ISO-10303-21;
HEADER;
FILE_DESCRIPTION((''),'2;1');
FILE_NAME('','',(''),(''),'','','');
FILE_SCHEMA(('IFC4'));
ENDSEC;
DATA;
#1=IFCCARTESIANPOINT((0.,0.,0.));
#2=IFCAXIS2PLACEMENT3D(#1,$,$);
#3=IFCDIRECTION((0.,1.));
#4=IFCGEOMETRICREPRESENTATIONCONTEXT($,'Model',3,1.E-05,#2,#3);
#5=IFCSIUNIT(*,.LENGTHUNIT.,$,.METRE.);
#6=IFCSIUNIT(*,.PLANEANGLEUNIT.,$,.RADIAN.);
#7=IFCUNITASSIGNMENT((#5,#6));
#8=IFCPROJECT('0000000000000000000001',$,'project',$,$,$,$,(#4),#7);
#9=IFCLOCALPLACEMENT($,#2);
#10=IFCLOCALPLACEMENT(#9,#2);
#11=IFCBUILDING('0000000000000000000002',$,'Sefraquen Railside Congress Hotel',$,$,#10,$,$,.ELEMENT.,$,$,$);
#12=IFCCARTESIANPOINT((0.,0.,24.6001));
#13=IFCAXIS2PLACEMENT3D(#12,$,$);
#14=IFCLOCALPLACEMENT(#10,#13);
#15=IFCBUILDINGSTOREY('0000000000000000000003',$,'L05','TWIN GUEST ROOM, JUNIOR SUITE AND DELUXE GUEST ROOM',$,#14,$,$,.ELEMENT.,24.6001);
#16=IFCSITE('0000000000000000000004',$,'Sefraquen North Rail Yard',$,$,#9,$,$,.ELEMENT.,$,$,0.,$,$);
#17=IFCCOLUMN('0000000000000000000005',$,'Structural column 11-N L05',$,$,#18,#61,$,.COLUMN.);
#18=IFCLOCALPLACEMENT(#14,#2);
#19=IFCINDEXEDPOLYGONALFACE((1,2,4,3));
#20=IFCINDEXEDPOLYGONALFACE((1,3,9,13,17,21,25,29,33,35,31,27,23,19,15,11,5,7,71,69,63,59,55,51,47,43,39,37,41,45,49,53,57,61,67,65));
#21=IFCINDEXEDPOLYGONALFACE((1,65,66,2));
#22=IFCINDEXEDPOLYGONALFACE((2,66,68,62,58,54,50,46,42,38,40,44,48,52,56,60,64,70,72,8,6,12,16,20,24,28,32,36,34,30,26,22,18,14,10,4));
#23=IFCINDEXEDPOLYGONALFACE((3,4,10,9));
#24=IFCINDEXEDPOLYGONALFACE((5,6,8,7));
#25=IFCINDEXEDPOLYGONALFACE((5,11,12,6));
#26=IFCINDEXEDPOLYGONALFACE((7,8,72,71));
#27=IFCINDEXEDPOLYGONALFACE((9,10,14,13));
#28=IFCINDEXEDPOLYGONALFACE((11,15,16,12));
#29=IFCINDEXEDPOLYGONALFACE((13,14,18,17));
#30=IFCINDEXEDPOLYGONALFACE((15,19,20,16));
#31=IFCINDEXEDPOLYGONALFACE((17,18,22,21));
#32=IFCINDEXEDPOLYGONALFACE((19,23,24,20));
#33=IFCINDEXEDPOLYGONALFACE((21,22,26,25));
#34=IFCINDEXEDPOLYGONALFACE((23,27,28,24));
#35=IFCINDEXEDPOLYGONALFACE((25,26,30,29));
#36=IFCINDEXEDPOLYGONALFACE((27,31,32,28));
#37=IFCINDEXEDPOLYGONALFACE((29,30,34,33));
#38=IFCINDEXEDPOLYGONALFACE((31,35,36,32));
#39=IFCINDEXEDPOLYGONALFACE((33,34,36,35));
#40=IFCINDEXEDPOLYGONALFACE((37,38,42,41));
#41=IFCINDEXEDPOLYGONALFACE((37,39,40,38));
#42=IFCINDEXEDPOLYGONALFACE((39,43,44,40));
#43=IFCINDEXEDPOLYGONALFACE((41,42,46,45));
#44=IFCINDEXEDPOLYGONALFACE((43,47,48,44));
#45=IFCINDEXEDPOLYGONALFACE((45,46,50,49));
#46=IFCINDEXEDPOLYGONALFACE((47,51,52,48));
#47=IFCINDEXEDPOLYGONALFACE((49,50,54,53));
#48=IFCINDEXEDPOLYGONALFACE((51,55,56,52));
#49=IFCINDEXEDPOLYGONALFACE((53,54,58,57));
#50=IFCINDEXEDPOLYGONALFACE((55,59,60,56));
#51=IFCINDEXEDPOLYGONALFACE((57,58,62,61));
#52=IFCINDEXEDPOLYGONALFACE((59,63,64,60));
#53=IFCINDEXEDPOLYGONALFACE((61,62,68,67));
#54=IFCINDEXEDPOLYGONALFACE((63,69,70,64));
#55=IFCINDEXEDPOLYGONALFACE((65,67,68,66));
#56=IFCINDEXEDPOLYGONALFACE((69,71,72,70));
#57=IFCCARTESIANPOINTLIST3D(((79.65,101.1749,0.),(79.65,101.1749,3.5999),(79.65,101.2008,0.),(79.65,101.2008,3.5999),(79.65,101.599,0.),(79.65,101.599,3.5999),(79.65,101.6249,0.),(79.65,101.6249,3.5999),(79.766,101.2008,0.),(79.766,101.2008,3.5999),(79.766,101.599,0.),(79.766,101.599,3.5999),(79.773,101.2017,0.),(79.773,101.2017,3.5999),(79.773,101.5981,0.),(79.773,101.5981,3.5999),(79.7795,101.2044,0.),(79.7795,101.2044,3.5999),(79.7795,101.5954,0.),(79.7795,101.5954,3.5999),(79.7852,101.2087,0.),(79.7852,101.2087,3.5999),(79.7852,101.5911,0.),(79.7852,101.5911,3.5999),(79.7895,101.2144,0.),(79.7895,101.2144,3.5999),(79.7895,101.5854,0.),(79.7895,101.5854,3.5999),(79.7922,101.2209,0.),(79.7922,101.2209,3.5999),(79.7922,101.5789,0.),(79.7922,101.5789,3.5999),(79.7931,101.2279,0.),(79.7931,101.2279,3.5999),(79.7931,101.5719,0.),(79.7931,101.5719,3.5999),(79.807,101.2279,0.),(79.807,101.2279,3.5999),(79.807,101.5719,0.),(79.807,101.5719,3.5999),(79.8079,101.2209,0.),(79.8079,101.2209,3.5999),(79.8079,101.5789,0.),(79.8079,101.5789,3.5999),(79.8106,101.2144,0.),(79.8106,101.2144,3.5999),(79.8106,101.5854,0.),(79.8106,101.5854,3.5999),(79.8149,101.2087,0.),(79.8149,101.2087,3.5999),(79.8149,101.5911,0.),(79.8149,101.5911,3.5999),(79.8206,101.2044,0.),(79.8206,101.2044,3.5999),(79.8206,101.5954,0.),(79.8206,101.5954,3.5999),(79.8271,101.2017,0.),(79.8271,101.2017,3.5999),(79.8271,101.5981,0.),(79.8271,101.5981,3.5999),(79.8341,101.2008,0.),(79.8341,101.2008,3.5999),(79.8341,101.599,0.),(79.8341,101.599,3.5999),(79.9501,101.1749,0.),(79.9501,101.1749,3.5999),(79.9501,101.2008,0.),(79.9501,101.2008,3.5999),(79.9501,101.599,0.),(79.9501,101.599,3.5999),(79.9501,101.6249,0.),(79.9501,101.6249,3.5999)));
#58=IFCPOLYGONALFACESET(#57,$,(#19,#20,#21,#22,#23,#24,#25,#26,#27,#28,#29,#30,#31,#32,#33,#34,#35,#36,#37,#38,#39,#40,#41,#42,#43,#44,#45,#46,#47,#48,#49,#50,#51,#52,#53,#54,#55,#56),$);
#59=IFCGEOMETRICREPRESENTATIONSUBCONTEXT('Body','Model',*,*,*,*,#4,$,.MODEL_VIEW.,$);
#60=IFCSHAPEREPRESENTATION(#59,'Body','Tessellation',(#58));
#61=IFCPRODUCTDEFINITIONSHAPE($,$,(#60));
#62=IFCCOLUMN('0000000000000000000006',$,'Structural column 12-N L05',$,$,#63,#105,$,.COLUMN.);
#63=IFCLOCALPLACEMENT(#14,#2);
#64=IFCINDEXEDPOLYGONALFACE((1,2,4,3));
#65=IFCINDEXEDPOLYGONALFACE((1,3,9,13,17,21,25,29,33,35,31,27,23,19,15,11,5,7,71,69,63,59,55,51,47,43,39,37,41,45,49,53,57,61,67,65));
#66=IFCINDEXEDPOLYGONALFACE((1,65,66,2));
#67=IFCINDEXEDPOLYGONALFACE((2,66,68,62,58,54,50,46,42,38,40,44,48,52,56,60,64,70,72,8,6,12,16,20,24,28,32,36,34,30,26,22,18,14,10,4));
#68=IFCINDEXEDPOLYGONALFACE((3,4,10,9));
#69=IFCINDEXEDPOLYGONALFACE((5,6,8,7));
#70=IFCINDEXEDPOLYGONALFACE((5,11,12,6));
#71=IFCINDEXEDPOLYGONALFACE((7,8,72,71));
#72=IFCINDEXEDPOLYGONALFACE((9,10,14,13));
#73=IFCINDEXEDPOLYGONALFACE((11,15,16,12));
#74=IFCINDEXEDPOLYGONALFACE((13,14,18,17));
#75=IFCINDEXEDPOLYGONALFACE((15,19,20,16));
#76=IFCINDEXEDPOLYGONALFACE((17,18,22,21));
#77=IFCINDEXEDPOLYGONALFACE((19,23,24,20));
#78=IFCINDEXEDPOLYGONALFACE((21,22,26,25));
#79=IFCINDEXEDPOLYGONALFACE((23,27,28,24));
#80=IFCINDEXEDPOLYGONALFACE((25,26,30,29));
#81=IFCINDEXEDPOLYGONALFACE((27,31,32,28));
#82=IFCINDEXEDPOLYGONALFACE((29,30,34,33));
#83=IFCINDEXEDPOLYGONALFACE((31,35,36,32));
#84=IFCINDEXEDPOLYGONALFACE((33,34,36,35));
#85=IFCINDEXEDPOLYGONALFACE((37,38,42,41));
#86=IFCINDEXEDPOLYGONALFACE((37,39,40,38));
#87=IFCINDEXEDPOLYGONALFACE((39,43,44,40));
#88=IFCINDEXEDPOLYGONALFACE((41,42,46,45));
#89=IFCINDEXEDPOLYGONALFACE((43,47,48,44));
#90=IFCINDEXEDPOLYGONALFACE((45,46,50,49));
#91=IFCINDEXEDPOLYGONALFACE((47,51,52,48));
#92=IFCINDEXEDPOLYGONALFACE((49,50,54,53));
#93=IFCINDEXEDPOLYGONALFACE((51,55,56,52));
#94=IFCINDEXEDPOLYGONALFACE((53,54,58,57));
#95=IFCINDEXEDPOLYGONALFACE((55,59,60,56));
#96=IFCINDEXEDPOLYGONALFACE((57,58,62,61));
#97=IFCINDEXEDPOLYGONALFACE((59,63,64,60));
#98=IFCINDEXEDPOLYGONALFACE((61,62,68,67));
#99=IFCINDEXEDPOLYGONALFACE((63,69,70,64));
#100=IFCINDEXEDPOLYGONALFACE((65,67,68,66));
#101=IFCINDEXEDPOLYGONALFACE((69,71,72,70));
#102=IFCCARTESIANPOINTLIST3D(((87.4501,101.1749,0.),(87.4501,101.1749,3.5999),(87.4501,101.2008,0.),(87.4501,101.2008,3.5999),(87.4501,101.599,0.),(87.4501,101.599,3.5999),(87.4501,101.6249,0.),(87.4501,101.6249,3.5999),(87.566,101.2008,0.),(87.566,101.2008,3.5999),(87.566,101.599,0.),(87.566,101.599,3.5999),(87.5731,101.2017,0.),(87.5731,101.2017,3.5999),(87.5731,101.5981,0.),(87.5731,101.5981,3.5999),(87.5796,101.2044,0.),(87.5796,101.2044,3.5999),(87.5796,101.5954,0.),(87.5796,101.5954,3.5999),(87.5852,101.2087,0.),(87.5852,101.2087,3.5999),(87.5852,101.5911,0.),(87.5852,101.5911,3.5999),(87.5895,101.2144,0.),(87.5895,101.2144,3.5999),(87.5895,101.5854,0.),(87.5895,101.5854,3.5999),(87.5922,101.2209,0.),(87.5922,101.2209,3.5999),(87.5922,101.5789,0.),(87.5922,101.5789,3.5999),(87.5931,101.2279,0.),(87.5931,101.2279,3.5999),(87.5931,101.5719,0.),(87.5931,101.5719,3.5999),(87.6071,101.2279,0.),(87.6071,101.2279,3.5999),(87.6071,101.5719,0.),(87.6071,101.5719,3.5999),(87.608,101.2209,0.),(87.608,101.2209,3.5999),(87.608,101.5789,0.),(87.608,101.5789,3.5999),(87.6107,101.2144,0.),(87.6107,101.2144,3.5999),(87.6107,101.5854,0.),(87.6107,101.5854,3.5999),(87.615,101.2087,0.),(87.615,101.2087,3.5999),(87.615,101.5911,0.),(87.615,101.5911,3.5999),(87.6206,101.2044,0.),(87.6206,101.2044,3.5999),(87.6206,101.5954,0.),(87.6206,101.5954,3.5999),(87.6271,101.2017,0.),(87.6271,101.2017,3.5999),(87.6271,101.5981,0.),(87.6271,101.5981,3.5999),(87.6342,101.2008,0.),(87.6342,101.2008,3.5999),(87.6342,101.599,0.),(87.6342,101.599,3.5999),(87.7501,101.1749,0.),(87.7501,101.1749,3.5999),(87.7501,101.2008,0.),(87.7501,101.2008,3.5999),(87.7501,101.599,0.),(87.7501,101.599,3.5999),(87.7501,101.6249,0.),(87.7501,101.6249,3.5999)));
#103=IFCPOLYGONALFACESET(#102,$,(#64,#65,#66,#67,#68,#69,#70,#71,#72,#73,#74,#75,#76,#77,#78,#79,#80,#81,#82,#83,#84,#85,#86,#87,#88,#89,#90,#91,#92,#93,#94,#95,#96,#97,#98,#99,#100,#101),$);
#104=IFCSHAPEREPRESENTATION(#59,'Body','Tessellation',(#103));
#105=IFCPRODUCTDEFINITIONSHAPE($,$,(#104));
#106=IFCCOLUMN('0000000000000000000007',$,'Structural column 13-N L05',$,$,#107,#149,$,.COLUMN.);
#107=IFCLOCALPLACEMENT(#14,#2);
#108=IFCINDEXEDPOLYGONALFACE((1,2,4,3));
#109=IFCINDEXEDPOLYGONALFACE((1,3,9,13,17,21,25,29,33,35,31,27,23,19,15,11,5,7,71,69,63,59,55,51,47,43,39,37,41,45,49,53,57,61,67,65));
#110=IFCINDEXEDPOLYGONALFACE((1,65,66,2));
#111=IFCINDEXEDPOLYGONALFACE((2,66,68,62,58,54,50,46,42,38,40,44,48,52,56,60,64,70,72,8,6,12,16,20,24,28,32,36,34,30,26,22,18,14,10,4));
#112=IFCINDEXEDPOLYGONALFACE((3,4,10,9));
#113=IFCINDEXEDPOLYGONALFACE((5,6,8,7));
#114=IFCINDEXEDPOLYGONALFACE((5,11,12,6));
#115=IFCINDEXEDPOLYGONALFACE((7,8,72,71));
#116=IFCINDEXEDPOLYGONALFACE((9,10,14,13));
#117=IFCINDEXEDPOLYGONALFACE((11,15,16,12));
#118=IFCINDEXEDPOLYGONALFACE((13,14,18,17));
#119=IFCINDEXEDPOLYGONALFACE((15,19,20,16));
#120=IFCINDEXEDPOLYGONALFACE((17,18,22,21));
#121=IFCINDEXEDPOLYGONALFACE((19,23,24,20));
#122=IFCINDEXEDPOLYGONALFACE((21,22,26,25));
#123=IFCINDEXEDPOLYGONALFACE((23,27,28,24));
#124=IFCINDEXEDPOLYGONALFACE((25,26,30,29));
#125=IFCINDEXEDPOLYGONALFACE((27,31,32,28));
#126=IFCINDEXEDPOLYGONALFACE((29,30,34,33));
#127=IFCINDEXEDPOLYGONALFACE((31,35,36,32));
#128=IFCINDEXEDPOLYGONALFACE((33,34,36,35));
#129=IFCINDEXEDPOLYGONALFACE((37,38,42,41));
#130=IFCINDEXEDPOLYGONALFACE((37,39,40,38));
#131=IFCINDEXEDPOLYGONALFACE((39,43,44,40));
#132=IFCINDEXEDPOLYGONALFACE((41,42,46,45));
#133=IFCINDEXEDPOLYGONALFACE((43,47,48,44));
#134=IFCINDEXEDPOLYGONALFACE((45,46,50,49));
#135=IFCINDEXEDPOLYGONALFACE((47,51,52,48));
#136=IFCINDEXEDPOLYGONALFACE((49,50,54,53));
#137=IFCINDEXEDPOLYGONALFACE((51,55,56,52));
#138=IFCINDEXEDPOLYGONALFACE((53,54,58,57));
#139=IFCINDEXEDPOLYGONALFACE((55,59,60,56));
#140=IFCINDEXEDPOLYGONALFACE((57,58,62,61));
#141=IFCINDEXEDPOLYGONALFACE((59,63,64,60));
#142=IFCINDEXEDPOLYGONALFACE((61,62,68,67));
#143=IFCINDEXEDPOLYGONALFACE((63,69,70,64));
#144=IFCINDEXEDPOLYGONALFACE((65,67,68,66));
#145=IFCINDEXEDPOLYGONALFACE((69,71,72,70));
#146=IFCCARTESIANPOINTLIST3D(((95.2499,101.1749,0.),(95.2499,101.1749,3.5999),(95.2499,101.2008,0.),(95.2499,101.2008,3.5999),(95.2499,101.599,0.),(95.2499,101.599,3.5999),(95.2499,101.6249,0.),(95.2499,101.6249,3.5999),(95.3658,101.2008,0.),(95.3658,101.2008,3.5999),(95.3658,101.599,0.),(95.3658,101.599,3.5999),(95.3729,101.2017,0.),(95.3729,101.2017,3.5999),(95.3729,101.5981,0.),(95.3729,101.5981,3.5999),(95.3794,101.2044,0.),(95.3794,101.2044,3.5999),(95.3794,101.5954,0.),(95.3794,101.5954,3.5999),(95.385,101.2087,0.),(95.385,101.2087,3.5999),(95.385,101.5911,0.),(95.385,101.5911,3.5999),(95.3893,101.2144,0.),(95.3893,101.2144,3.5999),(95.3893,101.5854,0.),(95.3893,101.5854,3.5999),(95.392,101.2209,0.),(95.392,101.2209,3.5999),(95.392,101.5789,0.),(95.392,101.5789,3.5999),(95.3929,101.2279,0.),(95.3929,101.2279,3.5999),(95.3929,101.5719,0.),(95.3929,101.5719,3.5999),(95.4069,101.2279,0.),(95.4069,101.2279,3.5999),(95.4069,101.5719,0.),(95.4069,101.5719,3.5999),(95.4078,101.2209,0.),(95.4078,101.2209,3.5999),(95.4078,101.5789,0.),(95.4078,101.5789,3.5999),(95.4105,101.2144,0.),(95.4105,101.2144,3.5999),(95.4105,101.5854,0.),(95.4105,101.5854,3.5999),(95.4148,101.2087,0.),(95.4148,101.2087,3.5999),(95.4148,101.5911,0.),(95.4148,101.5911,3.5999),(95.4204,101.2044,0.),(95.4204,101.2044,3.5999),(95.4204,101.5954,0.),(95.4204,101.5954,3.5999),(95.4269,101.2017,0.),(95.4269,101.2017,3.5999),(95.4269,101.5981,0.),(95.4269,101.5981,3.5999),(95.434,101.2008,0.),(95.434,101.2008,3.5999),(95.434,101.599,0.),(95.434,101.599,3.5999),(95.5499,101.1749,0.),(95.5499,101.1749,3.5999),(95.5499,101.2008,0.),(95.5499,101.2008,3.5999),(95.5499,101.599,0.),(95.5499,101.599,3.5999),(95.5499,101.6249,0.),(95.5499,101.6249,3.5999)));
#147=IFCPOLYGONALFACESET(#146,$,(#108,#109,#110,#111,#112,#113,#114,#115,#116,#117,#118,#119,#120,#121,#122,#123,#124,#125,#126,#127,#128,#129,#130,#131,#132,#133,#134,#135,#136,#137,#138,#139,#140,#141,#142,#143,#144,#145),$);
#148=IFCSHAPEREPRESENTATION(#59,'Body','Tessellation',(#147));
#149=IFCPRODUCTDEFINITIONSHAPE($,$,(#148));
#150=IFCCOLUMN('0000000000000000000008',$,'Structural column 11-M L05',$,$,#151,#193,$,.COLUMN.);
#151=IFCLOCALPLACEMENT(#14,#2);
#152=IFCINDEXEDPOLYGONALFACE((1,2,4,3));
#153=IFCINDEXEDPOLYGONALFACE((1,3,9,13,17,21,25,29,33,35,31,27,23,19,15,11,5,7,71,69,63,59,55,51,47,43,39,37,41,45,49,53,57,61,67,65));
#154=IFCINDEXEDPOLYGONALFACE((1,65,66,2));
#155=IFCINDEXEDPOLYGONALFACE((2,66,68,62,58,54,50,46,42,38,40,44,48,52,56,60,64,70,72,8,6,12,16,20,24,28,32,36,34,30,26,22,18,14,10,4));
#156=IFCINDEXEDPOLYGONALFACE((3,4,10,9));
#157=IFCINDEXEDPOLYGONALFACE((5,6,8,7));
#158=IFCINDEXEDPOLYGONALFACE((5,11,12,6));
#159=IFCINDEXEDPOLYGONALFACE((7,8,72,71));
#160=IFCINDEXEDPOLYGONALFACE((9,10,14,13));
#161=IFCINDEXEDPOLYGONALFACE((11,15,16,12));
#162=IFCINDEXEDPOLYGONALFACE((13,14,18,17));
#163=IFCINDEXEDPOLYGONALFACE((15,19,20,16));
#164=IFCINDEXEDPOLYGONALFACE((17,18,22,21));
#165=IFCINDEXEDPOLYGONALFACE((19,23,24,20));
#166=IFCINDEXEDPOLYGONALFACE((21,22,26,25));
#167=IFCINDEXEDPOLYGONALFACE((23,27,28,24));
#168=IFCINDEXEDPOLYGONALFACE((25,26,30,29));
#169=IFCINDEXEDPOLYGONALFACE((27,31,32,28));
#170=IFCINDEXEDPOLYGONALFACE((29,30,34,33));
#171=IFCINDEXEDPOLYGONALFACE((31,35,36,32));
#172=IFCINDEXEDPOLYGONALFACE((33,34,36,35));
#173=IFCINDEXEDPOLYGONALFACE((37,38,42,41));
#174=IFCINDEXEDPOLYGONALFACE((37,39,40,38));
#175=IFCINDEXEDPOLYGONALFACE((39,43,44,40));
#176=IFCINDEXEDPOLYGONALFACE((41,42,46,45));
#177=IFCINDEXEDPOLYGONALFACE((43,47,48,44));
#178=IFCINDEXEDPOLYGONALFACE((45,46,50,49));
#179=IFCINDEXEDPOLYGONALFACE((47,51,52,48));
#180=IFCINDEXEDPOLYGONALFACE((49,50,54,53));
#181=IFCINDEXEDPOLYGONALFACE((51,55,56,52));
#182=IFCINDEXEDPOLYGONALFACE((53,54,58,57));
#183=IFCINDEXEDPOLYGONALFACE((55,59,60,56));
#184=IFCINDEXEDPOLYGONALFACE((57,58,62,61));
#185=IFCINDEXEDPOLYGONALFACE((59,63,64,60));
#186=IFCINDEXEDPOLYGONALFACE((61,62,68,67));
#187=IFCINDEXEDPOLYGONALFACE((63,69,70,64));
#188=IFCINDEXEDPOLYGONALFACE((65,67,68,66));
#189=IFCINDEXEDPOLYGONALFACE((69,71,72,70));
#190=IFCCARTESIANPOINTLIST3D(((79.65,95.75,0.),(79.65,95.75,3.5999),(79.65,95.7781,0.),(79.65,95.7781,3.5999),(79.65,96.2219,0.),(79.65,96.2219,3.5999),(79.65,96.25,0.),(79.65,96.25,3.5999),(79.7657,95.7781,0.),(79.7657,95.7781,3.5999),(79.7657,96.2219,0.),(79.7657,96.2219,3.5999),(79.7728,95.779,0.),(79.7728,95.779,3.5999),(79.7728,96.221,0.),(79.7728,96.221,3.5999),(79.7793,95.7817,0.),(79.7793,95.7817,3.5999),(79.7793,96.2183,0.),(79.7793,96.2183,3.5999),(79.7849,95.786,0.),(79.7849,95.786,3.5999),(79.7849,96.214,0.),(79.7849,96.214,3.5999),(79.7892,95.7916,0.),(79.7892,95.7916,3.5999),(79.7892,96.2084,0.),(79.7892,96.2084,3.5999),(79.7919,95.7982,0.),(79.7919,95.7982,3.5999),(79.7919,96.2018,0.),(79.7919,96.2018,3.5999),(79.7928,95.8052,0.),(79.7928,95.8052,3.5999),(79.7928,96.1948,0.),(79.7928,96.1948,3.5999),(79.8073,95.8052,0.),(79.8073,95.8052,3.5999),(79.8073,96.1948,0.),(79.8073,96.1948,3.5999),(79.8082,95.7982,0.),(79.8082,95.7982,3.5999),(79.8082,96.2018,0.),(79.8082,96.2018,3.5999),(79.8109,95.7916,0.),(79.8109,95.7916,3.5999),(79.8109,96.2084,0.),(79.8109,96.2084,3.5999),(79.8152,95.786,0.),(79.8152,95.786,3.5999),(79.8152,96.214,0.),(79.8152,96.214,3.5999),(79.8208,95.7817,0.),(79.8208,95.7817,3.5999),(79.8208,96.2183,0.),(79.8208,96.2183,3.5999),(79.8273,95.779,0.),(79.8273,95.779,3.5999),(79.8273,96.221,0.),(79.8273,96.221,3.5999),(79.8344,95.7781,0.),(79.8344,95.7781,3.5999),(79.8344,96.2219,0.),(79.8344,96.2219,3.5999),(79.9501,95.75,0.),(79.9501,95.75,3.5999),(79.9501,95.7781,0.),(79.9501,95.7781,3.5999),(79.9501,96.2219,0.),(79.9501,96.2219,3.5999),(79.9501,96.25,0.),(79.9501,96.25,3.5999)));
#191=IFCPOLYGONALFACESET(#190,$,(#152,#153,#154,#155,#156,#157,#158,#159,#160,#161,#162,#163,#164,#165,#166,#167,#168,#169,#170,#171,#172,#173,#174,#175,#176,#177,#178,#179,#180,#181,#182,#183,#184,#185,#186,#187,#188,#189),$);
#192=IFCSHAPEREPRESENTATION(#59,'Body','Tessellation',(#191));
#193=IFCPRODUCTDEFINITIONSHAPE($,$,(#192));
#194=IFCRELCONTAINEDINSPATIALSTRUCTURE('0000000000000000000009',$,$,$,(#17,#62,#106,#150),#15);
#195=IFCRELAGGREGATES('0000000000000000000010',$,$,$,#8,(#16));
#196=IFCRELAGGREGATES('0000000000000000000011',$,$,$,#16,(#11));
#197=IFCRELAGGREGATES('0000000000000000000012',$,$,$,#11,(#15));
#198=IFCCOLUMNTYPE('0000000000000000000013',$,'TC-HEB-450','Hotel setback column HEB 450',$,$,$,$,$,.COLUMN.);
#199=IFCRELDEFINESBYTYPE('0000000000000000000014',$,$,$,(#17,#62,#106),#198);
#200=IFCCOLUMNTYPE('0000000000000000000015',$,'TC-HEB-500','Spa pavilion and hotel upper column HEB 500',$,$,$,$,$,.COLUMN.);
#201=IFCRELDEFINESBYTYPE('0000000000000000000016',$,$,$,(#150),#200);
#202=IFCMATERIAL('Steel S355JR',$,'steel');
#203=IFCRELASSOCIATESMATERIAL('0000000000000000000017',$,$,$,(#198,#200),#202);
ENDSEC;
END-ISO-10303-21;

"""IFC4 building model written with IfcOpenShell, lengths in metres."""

from ifc_helpers import new_model, si_unit, direction, frame, origin, origin_2d, place, context, subcontext, project, spatial, i_section, extrude, material, material_profile, profile_set, type_object, element, save


model = new_model("IFC4")

# Units and contexts
model_context = context("Model", 3, precision=1e-05, world=origin(), true_north=direction((0.0, 1.0)))
body_context = subcontext(model_context, "Body", "Model", "MODEL_VIEW")
ifc_project = project(units=[si_unit("LENGTHUNIT", "METRE"), si_unit("PLANEANGLEUNIT", "RADIAN")], contexts=[model_context])

# Site, building, storey
site_placement = place(None, origin())
site = spatial("IfcSite", under=ifc_project, at=site_placement, Name="Sefraquen North Rail Yard", CompositionType="ELEMENT", RefElevation=0.0)
building_placement = place(site_placement, origin())
building = spatial("IfcBuilding", under=site, at=building_placement, Name="Sefraquen Railside Congress Hotel", CompositionType="ELEMENT")
storey_placement = place(building_placement, frame((0.0, 0.0, 24.6001)))
storey = spatial("IfcBuildingStorey", under=building, at=storey_placement, Name="L05", Description="TWIN GUEST ROOM, JUNIOR SUITE AND DELUXE GUEST ROOM", CompositionType="ELEMENT", Elevation=24.6001)

# Columns
ifc_material_1 = material(Name="Steel S355JR", Category="steel")
ifc_material_profile_1 = material_profile(ifc_material_1, i_section(OverallWidth=0.3, OverallDepth=0.45, WebThickness=0.0139, FlangeThickness=0.0259, FilletRadius=0.0271, at=origin_2d()), Name="HEB 450")
ifc_profile_set_1 = profile_set([ifc_material_profile_1], Name="Steel S355JR")
column_type_1 = type_object("IfcColumnType", Name="TC-HEB-450", Description="Hotel setback column HEB 450", PredefinedType="COLUMN", material=ifc_profile_set_1)
for number, where, z_axis, x_axis, name in (
    (1, (79.8, 101.3999, 0.0), (0.0, 0.0, 1.0), (1.0, 0.0, 0.0), "Structural column 11-N L05"),
    (2, (87.6001, 101.3999, 0.0), (0.0, 0.0, 1.0), (1.0, 0.0, 0.0), "Structural column 12-N L05"),
    (3, (95.3999, 101.3999, 0.0), (0.0, 0.0, 1.0), (1.0, 0.0, 0.0), "Structural column 13-N L05"),
):
    element("IfcColumn", number, at=place(storey_placement, frame(where, z_axis=z_axis, x_axis=x_axis)), inside=storey, type_object=column_type_1, Name=name, PredefinedType="COLUMN", context=body_context, shape_type="SweptSolid", body=[
        extrude(i_section(OverallWidth=0.3, OverallDepth=0.45, WebThickness=0.0139, FlangeThickness=0.0259, FilletRadius=0.0271, at=origin_2d()), origin(), (0.0, 0.0, 1.0), 3.5999),
    ])
ifc_material_profile_2 = material_profile(ifc_material_1, i_section(OverallWidth=0.3, OverallDepth=0.5, WebThickness=0.0144, FlangeThickness=0.0281, FilletRadius=0.0271, at=origin_2d()), Name="HEB 500")
ifc_profile_set_2 = profile_set([ifc_material_profile_2], Name="Steel S355JR")
column_type_2 = type_object("IfcColumnType", Name="TC-HEB-500", Description="Spa pavilion and hotel upper column HEB 500", PredefinedType="COLUMN", material=ifc_profile_set_2)
for number, where, z_axis, x_axis, name in (
    (4, (79.8, 96.0, 0.0), (0.0, 0.0, 1.0), (1.0, 0.0, 0.0), "Structural column 11-M L05"),
):
    element("IfcColumn", number, at=place(storey_placement, frame(where, z_axis=z_axis, x_axis=x_axis)), inside=storey, type_object=column_type_2, Name=name, PredefinedType="COLUMN", context=body_context, shape_type="SweptSolid", body=[
        extrude(i_section(OverallWidth=0.3, OverallDepth=0.5, WebThickness=0.0144, FlangeThickness=0.0281, FilletRadius=0.0271, at=origin_2d()), origin(), (0.0, 0.0, 1.0), 3.5999),
    ])

save(model, "model.ifc")
